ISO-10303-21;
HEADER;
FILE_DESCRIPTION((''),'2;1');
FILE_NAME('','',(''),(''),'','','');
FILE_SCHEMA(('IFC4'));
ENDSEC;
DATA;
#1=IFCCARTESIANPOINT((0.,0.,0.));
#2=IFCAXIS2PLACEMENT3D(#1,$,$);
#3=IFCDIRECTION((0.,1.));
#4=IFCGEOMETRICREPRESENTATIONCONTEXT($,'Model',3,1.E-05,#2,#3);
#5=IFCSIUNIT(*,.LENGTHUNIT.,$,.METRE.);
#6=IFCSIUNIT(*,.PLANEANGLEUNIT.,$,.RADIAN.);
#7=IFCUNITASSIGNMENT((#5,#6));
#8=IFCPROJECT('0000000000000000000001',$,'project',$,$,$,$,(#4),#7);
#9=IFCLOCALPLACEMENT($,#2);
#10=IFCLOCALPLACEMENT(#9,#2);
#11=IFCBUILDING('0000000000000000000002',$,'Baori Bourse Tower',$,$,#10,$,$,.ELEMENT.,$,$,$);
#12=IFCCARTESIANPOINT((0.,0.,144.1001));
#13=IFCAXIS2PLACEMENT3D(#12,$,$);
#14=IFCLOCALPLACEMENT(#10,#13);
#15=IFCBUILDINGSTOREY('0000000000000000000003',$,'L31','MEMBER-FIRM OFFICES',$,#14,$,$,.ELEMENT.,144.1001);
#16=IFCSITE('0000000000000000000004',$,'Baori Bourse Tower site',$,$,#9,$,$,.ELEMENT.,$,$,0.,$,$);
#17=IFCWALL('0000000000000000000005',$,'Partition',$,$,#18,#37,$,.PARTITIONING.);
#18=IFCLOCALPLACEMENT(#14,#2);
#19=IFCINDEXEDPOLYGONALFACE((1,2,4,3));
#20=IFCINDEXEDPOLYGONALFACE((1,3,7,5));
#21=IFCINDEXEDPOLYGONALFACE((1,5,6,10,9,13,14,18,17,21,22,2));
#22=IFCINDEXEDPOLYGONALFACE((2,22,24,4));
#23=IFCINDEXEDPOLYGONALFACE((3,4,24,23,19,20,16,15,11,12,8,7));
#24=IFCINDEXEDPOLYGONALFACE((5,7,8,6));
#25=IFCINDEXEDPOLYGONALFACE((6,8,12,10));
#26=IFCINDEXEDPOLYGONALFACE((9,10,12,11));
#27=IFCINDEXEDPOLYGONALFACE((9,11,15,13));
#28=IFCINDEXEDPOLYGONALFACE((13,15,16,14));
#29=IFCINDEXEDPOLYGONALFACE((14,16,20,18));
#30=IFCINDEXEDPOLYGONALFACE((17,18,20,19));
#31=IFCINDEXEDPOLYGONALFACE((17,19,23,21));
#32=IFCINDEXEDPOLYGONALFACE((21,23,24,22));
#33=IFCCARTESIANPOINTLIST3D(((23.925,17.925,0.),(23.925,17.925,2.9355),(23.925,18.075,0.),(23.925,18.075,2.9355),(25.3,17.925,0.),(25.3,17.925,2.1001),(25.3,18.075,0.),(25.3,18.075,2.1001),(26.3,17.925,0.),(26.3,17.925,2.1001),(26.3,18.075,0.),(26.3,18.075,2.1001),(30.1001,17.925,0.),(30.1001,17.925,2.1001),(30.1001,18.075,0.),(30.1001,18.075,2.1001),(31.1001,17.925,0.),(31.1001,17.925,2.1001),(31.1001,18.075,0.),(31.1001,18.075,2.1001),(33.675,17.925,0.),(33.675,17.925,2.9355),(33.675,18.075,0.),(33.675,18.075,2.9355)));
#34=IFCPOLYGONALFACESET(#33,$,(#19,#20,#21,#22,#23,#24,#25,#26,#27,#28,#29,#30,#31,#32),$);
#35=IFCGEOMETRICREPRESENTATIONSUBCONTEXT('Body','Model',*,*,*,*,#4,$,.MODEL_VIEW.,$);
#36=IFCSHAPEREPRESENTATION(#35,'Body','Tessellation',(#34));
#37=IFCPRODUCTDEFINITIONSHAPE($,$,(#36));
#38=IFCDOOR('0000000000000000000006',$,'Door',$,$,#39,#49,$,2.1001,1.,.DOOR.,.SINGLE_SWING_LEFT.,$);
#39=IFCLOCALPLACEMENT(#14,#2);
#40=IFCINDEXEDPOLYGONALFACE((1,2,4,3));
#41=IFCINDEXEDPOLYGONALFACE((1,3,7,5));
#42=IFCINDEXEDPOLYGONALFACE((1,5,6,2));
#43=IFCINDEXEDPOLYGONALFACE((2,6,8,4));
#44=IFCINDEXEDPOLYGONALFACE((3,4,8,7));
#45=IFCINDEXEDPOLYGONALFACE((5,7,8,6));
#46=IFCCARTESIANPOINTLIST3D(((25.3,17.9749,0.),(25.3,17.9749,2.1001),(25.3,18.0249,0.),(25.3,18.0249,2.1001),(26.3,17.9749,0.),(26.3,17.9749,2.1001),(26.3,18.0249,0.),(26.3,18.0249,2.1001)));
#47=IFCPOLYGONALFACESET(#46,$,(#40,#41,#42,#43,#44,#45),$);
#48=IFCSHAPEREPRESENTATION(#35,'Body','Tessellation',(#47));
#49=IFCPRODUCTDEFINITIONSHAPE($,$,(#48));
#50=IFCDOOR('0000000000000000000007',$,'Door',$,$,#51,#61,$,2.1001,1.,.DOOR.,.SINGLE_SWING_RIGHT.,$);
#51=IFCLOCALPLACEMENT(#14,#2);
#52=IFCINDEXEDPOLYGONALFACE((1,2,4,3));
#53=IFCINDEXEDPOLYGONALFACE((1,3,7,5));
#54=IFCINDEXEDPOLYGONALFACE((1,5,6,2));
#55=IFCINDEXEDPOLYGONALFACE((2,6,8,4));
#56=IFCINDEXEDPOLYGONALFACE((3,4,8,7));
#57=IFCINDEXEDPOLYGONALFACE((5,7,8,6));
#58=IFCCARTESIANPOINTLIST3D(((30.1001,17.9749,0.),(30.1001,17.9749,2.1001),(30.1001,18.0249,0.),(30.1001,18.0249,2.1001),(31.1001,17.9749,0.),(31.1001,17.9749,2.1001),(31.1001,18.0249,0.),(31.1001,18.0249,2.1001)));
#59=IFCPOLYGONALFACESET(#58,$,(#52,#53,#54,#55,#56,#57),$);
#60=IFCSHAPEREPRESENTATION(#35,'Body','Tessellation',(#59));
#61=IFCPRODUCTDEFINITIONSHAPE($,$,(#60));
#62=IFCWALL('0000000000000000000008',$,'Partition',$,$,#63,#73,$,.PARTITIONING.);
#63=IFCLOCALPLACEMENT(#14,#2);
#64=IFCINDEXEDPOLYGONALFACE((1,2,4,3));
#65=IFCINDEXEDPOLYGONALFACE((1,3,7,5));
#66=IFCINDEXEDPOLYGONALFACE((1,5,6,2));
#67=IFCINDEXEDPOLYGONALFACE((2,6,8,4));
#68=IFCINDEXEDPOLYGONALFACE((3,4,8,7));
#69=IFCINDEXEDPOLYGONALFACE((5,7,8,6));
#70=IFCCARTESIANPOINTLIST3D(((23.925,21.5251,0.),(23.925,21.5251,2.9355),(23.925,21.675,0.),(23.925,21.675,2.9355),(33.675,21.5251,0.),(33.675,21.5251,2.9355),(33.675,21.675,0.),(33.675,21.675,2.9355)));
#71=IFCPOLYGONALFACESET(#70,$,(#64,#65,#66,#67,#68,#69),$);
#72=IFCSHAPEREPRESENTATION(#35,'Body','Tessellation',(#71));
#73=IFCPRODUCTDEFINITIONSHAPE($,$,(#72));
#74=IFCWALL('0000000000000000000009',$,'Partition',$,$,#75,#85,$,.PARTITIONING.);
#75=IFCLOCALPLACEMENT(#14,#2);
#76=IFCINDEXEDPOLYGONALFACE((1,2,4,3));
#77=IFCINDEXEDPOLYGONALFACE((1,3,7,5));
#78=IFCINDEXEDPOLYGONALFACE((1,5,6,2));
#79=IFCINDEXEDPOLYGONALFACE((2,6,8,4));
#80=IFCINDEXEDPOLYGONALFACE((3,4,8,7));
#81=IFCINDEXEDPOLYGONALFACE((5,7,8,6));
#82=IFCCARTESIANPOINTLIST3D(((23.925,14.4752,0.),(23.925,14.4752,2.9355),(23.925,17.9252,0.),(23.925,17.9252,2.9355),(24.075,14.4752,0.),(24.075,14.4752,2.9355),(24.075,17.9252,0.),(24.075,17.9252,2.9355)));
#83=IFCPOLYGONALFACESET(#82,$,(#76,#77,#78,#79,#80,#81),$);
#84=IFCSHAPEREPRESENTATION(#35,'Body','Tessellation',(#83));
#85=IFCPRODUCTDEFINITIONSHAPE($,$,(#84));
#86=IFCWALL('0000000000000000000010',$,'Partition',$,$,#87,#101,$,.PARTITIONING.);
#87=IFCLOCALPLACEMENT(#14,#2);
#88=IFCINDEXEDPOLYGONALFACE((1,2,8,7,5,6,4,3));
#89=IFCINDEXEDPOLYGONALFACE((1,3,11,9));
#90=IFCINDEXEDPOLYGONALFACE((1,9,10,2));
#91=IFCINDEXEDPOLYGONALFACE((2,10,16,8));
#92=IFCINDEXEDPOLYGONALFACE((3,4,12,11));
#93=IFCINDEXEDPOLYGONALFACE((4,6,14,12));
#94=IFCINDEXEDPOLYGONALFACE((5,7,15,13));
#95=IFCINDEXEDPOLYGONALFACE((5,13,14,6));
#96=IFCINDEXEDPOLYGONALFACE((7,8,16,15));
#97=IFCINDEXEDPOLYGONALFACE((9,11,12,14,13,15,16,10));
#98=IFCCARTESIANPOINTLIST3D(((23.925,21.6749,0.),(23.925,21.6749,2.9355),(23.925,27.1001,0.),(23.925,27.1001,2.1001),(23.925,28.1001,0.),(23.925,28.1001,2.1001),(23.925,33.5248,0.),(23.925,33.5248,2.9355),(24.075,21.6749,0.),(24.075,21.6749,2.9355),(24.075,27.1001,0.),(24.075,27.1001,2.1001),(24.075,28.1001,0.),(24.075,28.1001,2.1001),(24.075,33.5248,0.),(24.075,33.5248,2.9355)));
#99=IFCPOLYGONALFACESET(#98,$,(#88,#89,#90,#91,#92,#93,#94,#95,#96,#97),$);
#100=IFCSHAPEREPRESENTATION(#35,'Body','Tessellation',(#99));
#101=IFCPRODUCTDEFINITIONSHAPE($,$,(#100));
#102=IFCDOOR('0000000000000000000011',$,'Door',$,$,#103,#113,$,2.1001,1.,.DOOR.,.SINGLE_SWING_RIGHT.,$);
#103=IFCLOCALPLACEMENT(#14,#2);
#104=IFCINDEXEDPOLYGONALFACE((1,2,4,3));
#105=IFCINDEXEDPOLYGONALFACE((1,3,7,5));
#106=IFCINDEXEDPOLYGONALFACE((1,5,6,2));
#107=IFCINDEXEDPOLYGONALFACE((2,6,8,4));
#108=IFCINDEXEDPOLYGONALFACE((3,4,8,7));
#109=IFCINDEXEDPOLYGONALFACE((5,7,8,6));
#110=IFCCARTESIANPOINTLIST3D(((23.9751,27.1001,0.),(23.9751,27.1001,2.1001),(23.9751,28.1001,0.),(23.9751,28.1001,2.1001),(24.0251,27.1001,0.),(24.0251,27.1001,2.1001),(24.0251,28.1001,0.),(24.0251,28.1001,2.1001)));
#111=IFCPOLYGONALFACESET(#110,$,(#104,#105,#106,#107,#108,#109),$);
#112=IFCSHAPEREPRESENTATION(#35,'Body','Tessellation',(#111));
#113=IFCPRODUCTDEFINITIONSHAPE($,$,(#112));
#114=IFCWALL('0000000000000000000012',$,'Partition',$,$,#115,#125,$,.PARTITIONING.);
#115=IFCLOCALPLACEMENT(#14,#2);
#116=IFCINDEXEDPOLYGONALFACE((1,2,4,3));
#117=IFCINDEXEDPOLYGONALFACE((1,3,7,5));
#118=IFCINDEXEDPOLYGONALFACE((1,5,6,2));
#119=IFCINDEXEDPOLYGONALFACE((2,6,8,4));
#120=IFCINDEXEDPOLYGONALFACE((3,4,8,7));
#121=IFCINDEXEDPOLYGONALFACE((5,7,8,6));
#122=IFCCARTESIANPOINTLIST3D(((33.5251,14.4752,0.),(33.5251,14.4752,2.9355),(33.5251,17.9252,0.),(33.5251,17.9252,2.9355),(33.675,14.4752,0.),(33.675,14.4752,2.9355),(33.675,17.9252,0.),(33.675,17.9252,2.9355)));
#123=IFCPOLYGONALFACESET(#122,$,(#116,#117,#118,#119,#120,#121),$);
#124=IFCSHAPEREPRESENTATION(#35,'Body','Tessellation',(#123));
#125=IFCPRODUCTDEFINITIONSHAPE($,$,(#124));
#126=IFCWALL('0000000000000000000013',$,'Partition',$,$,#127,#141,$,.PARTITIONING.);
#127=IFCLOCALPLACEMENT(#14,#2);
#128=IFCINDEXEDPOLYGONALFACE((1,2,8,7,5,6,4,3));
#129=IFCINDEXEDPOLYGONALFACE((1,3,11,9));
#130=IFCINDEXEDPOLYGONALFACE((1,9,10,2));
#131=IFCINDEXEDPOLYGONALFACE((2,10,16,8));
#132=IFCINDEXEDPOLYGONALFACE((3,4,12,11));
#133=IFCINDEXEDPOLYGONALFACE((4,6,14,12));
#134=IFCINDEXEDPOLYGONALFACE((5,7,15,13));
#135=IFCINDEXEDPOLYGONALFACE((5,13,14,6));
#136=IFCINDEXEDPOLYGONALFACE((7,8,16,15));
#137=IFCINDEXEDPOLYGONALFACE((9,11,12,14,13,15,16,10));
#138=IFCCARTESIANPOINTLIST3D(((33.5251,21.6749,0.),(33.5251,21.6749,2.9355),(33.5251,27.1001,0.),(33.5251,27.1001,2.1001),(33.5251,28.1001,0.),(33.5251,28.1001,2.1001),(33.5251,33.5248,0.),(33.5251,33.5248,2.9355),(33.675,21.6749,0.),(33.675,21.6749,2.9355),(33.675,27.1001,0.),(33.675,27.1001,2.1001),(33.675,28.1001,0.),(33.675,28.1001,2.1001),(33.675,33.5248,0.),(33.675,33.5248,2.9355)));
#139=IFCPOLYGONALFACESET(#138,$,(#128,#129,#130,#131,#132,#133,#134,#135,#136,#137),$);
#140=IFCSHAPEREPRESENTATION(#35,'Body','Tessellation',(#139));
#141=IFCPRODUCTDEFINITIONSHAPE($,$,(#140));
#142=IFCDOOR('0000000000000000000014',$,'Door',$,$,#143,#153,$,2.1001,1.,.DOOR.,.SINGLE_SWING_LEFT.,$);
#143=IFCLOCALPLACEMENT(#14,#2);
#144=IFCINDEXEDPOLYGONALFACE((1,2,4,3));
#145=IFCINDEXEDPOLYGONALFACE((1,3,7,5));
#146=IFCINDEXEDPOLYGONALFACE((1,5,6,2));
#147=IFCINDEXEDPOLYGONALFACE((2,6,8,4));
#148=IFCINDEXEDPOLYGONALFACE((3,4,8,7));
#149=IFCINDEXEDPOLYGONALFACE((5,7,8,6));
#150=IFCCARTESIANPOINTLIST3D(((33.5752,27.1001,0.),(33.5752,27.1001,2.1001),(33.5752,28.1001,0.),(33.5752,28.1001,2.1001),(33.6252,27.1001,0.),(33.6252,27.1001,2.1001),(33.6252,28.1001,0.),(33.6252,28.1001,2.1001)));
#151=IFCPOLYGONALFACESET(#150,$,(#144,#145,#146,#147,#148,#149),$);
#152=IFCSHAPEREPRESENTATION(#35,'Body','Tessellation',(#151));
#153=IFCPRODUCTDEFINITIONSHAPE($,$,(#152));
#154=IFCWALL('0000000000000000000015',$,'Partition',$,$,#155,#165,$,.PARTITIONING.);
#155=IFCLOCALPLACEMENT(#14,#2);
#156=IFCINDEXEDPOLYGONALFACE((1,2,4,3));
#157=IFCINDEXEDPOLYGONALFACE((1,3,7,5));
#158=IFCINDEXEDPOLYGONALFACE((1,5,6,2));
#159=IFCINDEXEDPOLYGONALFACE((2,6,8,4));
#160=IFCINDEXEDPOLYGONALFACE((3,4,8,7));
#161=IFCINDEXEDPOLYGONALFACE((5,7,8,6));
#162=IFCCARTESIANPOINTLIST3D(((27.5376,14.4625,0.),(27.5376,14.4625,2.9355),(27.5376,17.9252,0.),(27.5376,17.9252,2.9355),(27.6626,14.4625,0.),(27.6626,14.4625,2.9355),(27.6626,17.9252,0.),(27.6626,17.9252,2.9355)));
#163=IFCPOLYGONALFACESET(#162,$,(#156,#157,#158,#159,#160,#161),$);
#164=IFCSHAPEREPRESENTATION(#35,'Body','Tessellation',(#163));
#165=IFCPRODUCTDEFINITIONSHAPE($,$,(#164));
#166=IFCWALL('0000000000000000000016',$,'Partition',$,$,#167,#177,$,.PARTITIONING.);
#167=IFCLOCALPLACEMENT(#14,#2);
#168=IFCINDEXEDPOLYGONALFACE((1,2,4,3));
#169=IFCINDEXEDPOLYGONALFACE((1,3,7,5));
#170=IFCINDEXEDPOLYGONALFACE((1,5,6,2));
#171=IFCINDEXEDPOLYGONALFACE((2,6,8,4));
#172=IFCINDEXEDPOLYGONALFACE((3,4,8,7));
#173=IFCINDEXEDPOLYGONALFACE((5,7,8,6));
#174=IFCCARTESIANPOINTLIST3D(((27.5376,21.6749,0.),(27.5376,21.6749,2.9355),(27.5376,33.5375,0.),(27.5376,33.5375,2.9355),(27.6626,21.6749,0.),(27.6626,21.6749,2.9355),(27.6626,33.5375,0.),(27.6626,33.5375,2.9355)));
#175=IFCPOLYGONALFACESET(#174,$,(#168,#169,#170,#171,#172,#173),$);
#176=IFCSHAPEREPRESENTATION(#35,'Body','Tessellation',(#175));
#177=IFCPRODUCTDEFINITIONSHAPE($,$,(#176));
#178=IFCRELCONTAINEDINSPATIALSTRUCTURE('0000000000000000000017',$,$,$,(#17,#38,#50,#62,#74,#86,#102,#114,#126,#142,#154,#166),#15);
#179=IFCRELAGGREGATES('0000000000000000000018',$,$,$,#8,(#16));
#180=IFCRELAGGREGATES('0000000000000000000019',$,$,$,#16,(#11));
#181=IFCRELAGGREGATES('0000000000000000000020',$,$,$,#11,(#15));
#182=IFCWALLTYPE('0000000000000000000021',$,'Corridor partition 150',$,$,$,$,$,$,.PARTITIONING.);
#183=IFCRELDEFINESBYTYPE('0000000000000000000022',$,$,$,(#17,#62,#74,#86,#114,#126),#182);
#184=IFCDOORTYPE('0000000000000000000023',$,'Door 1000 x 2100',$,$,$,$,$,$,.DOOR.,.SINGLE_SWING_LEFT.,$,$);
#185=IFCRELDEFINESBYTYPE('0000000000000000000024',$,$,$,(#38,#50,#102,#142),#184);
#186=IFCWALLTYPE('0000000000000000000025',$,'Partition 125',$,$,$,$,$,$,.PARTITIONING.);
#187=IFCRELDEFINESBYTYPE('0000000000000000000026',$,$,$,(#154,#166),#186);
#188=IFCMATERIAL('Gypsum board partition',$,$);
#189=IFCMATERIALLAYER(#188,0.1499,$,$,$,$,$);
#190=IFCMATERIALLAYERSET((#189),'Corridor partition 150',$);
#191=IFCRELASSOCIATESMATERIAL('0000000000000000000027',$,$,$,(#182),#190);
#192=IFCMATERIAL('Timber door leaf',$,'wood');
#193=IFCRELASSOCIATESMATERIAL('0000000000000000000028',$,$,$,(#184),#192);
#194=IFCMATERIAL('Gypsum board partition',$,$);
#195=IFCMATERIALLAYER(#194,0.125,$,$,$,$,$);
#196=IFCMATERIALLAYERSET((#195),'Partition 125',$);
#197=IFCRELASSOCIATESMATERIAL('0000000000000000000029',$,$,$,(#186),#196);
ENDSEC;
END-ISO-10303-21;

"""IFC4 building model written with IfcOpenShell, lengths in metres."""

from ifc_helpers import new_model, si_unit, direction, frame, frame_2d, origin, place, context, subcontext, project, spatial, rectangle, extrude, material, layer, layer_set, type_object, element, fill, save


model = new_model("IFC4")

# Units and contexts
model_context = context("Model", 3, precision=1e-05, world=origin(), true_north=direction((0.0, 1.0)))
body_context = subcontext(model_context, "Body", "Model", "MODEL_VIEW")
ifc_project = project(units=[si_unit("LENGTHUNIT", "METRE"), si_unit("PLANEANGLEUNIT", "RADIAN")], contexts=[model_context])

# Site, building, storey
site_placement = place(None, origin())
site = spatial("IfcSite", under=ifc_project, at=site_placement, Name="Baori Bourse Tower site", CompositionType="ELEMENT", RefElevation=0.0)
building_placement = place(site_placement, origin())
building = spatial("IfcBuilding", under=site, at=building_placement, Name="Baori Bourse Tower", CompositionType="ELEMENT")
storey_placement = place(building_placement, frame((0.0, 0.0, 144.1001)))
storey = spatial("IfcBuildingStorey", under=building, at=storey_placement, Name="L31", Description="MEMBER-FIRM OFFICES", CompositionType="ELEMENT", Elevation=144.1001)

# Wall, openings, doors
ifc_material_1 = material(Name="Gypsum board partition")
ifc_layer_1 = layer(ifc_material_1, 0.1499)
ifc_layer_set_1 = layer_set([ifc_layer_1], Name="Corridor partition 150")
wall_type_1 = type_object("IfcWallType", Name="Corridor partition 150", PredefinedType="PARTITIONING", material=ifc_layer_set_1)
wall_1_placement = place(storey_placement, frame((23.925, 18.0, 0.0), z_axis=(0.0, 0.0, 1.0), x_axis=(1.0, 0.0, 0.0)))
wall_1 = element("IfcWall", 1, at=wall_1_placement, inside=storey, type_object=wall_type_1, Name="Partition", PredefinedType="PARTITIONING", context=body_context, shape_type="SweptSolid", body=[
    extrude(rectangle(XDim=9.75, YDim=0.1499, at=frame_2d((4.875, 0.0))), origin(), (0.0, 0.0, 1.0), 2.9355),
])
opening_1_placement = place(wall_1_placement, frame((1.375, 0.0, 0.0)))
opening_1 = element("IfcOpeningElement", 2, at=opening_1_placement, cuts=wall_1, PredefinedType="OPENING", context=body_context, shape_type="SweptSolid", body=[
    extrude(rectangle(XDim=1.0, YDim=2.1001, at=frame_2d((0.5, 1.05))), frame((0.0, 0.085, 0.0), z_axis=(0.0, -1.0, 0.0), x_axis=(1.0, 0.0, 0.0)), (0.0, 0.0, 1.0), 0.1699),
])
opening_2_placement = place(wall_1_placement, frame((6.175, 0.0, 0.0)))
opening_2 = element("IfcOpeningElement", 3, at=opening_2_placement, cuts=wall_1, PredefinedType="OPENING", context=body_context, shape_type="SweptSolid", body=[
    extrude(rectangle(XDim=1.0, YDim=2.1001, at=frame_2d((0.5, 1.05))), frame((0.0, 0.085, 0.0), z_axis=(0.0, -1.0, 0.0), x_axis=(1.0, 0.0, 0.0)), (0.0, 0.0, 1.0), 0.1699),
])
ifc_material_2 = material(Name="Timber door leaf", Category="wood")
door_type_1 = type_object("IfcDoorType", Name="Door 1000 x 2100", OperationType="SINGLE_SWING_LEFT", PredefinedType="DOOR", material=ifc_material_2)
door_1_placement = place(opening_1_placement, origin())
door_1 = element("IfcDoor", 4, at=door_1_placement, inside=storey, type_object=door_type_1, Name="Door", OperationType="SINGLE_SWING_LEFT", OverallHeight=2.1001, OverallWidth=1.0, PredefinedType="DOOR", context=body_context, shape_type="SweptSolid", body=[
    extrude(rectangle(XDim=1.0, YDim=2.1001, at=frame_2d((0.5, 1.05))), frame((0.0, 0.0249, 0.0), z_axis=(0.0, -1.0, 0.0), x_axis=(1.0, 0.0, 0.0)), (0.0, 0.0, 1.0), 0.05),
])
fill(opening_1, door_1)
door_2_placement = place(opening_2_placement, origin())
door_2 = element("IfcDoor", 5, at=door_2_placement, inside=storey, type_object=door_type_1, Name="Door", OperationType="SINGLE_SWING_RIGHT", OverallHeight=2.1001, OverallWidth=1.0, PredefinedType="DOOR", context=body_context, shape_type="SweptSolid", body=[
    extrude(rectangle(XDim=1.0, YDim=2.1001, at=frame_2d((0.5, 1.05))), frame((0.0, 0.0249, 0.0), z_axis=(0.0, -1.0, 0.0), x_axis=(1.0, 0.0, 0.0)), (0.0, 0.0, 1.0), 0.05),
])
fill(opening_2, door_2)

# Walls
wall_2_placement = place(storey_placement, frame((23.925, 21.6001, 0.0), z_axis=(0.0, 0.0, 1.0), x_axis=(1.0, 0.0, 0.0)))
element("IfcWall", 6, at=wall_2_placement, inside=storey, type_object=wall_type_1, Name="Partition", PredefinedType="PARTITIONING", context=body_context, shape_type="SweptSolid", body=[
    extrude(rectangle(XDim=9.75, YDim=0.1499, at=frame_2d((4.875, 0.0))), origin(), (0.0, 0.0, 1.0), 2.9355),
])
wall_3_placement = place(storey_placement, frame((24.0, 14.4751, 0.0), z_axis=(0.0, 0.0, 1.0), x_axis=(0.0, 1.0, 0.0)))
element("IfcWall", 7, at=wall_3_placement, inside=storey, type_object=wall_type_1, Name="Partition", PredefinedType="PARTITIONING", context=body_context, shape_type="SweptSolid", body=[
    extrude(rectangle(XDim=3.45, YDim=0.1499, at=frame_2d((1.7251, 0.0))), origin(), (0.0, 0.0, 1.0), 2.9355),
])

# Wall, opening, door
wall_4_placement = place(storey_placement, frame((24.0, 21.675, 0.0), z_axis=(0.0, 0.0, 1.0), x_axis=(0.0, 1.0, 0.0)))
wall_4 = element("IfcWall", 8, at=wall_4_placement, inside=storey, type_object=wall_type_1, Name="Partition", PredefinedType="PARTITIONING", context=body_context, shape_type="SweptSolid", body=[
    extrude(rectangle(XDim=11.8499, YDim=0.1499, at=frame_2d((5.9248, 0.0))), origin(), (0.0, 0.0, 1.0), 2.9355),
])
opening_3_placement = place(wall_4_placement, frame((5.425, 0.0, 0.0)))
opening_3 = element("IfcOpeningElement", 9, at=opening_3_placement, cuts=wall_4, PredefinedType="OPENING", context=body_context, shape_type="SweptSolid", body=[
    extrude(rectangle(XDim=1.0, YDim=2.1001, at=frame_2d((0.5, 1.05))), frame((0.0, 0.085, 0.0), z_axis=(0.0, -1.0, 0.0), x_axis=(1.0, 0.0, 0.0)), (0.0, 0.0, 1.0), 0.1699),
])
door_3_placement = place(opening_3_placement, origin())
door_3 = element("IfcDoor", 10, at=door_3_placement, inside=storey, type_object=door_type_1, Name="Door", OperationType="SINGLE_SWING_RIGHT", OverallHeight=2.1001, OverallWidth=1.0, PredefinedType="DOOR", context=body_context, shape_type="SweptSolid", body=[
    extrude(rectangle(XDim=1.0, YDim=2.1001, at=frame_2d((0.5, 1.05))), frame((0.0, 0.0249, 0.0), z_axis=(0.0, -1.0, 0.0), x_axis=(1.0, 0.0, 0.0)), (0.0, 0.0, 1.0), 0.05),
])
fill(opening_3, door_3)

# Wall
wall_5_placement = place(storey_placement, frame((33.6001, 14.4751, 0.0), z_axis=(0.0, 0.0, 1.0), x_axis=(0.0, 1.0, 0.0)))
element("IfcWall", 11, at=wall_5_placement, inside=storey, type_object=wall_type_1, Name="Partition", PredefinedType="PARTITIONING", context=body_context, shape_type="SweptSolid", body=[
    extrude(rectangle(XDim=3.45, YDim=0.1499, at=frame_2d((1.7251, 0.0))), origin(), (0.0, 0.0, 1.0), 2.9355),
])

# Wall, opening, door
wall_6_placement = place(storey_placement, frame((33.6001, 21.675, 0.0), z_axis=(0.0, 0.0, 1.0), x_axis=(0.0, 1.0, 0.0)))
wall_6 = element("IfcWall", 12, at=wall_6_placement, inside=storey, type_object=wall_type_1, Name="Partition", PredefinedType="PARTITIONING", context=body_context, shape_type="SweptSolid", body=[
    extrude(rectangle(XDim=11.8499, YDim=0.1499, at=frame_2d((5.9248, 0.0))), origin(), (0.0, 0.0, 1.0), 2.9355),
])
opening_4_placement = place(wall_6_placement, frame((5.425, 0.0, 0.0)))
opening_4 = element("IfcOpeningElement", 13, at=opening_4_placement, cuts=wall_6, PredefinedType="OPENING", context=body_context, shape_type="SweptSolid", body=[
    extrude(rectangle(XDim=1.0, YDim=2.1001, at=frame_2d((0.5, 1.05))), frame((0.0, 0.085, 0.0), z_axis=(0.0, -1.0, 0.0), x_axis=(1.0, 0.0, 0.0)), (0.0, 0.0, 1.0), 0.1699),
])
door_4_placement = place(opening_4_placement, origin())
door_4 = element("IfcDoor", 14, at=door_4_placement, inside=storey, type_object=door_type_1, Name="Door", OperationType="SINGLE_SWING_LEFT", OverallHeight=2.1001, OverallWidth=1.0, PredefinedType="DOOR", context=body_context, shape_type="SweptSolid", body=[
    extrude(rectangle(XDim=1.0, YDim=2.1001, at=frame_2d((0.5, 1.05))), frame((0.0, 0.0249, 0.0), z_axis=(0.0, -1.0, 0.0), x_axis=(1.0, 0.0, 0.0)), (0.0, 0.0, 1.0), 0.05),
])
fill(opening_4, door_4)

# Walls
ifc_material_3 = material(Name="Gypsum board partition")
ifc_layer_2 = layer(ifc_material_3, 0.125)
ifc_layer_set_2 = layer_set([ifc_layer_2], Name="Partition 125")
wall_type_2 = type_object("IfcWallType", Name="Partition 125", PredefinedType="PARTITIONING", material=ifc_layer_set_2)
wall_7_placement = place(storey_placement, frame((27.6001, 14.4624, 0.0), z_axis=(0.0, 0.0, 1.0), x_axis=(0.0, 1.0, 0.0)))
element("IfcWall", 15, at=wall_7_placement, inside=storey, type_object=wall_type_2, Name="Partition", PredefinedType="PARTITIONING", context=body_context, shape_type="SweptSolid", body=[
    extrude(rectangle(XDim=3.4626, YDim=0.125, at=frame_2d((1.7314, 0.0))), origin(), (0.0, 0.0, 1.0), 2.9355),
])
wall_8_placement = place(storey_placement, frame((27.6001, 21.675, 0.0), z_axis=(0.0, 0.0, 1.0), x_axis=(0.0, 1.0, 0.0)))
element("IfcWall", 16, at=wall_8_placement, inside=storey, type_object=wall_type_2, Name="Partition", PredefinedType="PARTITIONING", context=body_context, shape_type="SweptSolid", body=[
    extrude(rectangle(XDim=11.8625, YDim=0.125, at=frame_2d((5.9312, 0.0))), origin(), (0.0, 0.0, 1.0), 2.9355),
])

save(model, "model.ifc")
